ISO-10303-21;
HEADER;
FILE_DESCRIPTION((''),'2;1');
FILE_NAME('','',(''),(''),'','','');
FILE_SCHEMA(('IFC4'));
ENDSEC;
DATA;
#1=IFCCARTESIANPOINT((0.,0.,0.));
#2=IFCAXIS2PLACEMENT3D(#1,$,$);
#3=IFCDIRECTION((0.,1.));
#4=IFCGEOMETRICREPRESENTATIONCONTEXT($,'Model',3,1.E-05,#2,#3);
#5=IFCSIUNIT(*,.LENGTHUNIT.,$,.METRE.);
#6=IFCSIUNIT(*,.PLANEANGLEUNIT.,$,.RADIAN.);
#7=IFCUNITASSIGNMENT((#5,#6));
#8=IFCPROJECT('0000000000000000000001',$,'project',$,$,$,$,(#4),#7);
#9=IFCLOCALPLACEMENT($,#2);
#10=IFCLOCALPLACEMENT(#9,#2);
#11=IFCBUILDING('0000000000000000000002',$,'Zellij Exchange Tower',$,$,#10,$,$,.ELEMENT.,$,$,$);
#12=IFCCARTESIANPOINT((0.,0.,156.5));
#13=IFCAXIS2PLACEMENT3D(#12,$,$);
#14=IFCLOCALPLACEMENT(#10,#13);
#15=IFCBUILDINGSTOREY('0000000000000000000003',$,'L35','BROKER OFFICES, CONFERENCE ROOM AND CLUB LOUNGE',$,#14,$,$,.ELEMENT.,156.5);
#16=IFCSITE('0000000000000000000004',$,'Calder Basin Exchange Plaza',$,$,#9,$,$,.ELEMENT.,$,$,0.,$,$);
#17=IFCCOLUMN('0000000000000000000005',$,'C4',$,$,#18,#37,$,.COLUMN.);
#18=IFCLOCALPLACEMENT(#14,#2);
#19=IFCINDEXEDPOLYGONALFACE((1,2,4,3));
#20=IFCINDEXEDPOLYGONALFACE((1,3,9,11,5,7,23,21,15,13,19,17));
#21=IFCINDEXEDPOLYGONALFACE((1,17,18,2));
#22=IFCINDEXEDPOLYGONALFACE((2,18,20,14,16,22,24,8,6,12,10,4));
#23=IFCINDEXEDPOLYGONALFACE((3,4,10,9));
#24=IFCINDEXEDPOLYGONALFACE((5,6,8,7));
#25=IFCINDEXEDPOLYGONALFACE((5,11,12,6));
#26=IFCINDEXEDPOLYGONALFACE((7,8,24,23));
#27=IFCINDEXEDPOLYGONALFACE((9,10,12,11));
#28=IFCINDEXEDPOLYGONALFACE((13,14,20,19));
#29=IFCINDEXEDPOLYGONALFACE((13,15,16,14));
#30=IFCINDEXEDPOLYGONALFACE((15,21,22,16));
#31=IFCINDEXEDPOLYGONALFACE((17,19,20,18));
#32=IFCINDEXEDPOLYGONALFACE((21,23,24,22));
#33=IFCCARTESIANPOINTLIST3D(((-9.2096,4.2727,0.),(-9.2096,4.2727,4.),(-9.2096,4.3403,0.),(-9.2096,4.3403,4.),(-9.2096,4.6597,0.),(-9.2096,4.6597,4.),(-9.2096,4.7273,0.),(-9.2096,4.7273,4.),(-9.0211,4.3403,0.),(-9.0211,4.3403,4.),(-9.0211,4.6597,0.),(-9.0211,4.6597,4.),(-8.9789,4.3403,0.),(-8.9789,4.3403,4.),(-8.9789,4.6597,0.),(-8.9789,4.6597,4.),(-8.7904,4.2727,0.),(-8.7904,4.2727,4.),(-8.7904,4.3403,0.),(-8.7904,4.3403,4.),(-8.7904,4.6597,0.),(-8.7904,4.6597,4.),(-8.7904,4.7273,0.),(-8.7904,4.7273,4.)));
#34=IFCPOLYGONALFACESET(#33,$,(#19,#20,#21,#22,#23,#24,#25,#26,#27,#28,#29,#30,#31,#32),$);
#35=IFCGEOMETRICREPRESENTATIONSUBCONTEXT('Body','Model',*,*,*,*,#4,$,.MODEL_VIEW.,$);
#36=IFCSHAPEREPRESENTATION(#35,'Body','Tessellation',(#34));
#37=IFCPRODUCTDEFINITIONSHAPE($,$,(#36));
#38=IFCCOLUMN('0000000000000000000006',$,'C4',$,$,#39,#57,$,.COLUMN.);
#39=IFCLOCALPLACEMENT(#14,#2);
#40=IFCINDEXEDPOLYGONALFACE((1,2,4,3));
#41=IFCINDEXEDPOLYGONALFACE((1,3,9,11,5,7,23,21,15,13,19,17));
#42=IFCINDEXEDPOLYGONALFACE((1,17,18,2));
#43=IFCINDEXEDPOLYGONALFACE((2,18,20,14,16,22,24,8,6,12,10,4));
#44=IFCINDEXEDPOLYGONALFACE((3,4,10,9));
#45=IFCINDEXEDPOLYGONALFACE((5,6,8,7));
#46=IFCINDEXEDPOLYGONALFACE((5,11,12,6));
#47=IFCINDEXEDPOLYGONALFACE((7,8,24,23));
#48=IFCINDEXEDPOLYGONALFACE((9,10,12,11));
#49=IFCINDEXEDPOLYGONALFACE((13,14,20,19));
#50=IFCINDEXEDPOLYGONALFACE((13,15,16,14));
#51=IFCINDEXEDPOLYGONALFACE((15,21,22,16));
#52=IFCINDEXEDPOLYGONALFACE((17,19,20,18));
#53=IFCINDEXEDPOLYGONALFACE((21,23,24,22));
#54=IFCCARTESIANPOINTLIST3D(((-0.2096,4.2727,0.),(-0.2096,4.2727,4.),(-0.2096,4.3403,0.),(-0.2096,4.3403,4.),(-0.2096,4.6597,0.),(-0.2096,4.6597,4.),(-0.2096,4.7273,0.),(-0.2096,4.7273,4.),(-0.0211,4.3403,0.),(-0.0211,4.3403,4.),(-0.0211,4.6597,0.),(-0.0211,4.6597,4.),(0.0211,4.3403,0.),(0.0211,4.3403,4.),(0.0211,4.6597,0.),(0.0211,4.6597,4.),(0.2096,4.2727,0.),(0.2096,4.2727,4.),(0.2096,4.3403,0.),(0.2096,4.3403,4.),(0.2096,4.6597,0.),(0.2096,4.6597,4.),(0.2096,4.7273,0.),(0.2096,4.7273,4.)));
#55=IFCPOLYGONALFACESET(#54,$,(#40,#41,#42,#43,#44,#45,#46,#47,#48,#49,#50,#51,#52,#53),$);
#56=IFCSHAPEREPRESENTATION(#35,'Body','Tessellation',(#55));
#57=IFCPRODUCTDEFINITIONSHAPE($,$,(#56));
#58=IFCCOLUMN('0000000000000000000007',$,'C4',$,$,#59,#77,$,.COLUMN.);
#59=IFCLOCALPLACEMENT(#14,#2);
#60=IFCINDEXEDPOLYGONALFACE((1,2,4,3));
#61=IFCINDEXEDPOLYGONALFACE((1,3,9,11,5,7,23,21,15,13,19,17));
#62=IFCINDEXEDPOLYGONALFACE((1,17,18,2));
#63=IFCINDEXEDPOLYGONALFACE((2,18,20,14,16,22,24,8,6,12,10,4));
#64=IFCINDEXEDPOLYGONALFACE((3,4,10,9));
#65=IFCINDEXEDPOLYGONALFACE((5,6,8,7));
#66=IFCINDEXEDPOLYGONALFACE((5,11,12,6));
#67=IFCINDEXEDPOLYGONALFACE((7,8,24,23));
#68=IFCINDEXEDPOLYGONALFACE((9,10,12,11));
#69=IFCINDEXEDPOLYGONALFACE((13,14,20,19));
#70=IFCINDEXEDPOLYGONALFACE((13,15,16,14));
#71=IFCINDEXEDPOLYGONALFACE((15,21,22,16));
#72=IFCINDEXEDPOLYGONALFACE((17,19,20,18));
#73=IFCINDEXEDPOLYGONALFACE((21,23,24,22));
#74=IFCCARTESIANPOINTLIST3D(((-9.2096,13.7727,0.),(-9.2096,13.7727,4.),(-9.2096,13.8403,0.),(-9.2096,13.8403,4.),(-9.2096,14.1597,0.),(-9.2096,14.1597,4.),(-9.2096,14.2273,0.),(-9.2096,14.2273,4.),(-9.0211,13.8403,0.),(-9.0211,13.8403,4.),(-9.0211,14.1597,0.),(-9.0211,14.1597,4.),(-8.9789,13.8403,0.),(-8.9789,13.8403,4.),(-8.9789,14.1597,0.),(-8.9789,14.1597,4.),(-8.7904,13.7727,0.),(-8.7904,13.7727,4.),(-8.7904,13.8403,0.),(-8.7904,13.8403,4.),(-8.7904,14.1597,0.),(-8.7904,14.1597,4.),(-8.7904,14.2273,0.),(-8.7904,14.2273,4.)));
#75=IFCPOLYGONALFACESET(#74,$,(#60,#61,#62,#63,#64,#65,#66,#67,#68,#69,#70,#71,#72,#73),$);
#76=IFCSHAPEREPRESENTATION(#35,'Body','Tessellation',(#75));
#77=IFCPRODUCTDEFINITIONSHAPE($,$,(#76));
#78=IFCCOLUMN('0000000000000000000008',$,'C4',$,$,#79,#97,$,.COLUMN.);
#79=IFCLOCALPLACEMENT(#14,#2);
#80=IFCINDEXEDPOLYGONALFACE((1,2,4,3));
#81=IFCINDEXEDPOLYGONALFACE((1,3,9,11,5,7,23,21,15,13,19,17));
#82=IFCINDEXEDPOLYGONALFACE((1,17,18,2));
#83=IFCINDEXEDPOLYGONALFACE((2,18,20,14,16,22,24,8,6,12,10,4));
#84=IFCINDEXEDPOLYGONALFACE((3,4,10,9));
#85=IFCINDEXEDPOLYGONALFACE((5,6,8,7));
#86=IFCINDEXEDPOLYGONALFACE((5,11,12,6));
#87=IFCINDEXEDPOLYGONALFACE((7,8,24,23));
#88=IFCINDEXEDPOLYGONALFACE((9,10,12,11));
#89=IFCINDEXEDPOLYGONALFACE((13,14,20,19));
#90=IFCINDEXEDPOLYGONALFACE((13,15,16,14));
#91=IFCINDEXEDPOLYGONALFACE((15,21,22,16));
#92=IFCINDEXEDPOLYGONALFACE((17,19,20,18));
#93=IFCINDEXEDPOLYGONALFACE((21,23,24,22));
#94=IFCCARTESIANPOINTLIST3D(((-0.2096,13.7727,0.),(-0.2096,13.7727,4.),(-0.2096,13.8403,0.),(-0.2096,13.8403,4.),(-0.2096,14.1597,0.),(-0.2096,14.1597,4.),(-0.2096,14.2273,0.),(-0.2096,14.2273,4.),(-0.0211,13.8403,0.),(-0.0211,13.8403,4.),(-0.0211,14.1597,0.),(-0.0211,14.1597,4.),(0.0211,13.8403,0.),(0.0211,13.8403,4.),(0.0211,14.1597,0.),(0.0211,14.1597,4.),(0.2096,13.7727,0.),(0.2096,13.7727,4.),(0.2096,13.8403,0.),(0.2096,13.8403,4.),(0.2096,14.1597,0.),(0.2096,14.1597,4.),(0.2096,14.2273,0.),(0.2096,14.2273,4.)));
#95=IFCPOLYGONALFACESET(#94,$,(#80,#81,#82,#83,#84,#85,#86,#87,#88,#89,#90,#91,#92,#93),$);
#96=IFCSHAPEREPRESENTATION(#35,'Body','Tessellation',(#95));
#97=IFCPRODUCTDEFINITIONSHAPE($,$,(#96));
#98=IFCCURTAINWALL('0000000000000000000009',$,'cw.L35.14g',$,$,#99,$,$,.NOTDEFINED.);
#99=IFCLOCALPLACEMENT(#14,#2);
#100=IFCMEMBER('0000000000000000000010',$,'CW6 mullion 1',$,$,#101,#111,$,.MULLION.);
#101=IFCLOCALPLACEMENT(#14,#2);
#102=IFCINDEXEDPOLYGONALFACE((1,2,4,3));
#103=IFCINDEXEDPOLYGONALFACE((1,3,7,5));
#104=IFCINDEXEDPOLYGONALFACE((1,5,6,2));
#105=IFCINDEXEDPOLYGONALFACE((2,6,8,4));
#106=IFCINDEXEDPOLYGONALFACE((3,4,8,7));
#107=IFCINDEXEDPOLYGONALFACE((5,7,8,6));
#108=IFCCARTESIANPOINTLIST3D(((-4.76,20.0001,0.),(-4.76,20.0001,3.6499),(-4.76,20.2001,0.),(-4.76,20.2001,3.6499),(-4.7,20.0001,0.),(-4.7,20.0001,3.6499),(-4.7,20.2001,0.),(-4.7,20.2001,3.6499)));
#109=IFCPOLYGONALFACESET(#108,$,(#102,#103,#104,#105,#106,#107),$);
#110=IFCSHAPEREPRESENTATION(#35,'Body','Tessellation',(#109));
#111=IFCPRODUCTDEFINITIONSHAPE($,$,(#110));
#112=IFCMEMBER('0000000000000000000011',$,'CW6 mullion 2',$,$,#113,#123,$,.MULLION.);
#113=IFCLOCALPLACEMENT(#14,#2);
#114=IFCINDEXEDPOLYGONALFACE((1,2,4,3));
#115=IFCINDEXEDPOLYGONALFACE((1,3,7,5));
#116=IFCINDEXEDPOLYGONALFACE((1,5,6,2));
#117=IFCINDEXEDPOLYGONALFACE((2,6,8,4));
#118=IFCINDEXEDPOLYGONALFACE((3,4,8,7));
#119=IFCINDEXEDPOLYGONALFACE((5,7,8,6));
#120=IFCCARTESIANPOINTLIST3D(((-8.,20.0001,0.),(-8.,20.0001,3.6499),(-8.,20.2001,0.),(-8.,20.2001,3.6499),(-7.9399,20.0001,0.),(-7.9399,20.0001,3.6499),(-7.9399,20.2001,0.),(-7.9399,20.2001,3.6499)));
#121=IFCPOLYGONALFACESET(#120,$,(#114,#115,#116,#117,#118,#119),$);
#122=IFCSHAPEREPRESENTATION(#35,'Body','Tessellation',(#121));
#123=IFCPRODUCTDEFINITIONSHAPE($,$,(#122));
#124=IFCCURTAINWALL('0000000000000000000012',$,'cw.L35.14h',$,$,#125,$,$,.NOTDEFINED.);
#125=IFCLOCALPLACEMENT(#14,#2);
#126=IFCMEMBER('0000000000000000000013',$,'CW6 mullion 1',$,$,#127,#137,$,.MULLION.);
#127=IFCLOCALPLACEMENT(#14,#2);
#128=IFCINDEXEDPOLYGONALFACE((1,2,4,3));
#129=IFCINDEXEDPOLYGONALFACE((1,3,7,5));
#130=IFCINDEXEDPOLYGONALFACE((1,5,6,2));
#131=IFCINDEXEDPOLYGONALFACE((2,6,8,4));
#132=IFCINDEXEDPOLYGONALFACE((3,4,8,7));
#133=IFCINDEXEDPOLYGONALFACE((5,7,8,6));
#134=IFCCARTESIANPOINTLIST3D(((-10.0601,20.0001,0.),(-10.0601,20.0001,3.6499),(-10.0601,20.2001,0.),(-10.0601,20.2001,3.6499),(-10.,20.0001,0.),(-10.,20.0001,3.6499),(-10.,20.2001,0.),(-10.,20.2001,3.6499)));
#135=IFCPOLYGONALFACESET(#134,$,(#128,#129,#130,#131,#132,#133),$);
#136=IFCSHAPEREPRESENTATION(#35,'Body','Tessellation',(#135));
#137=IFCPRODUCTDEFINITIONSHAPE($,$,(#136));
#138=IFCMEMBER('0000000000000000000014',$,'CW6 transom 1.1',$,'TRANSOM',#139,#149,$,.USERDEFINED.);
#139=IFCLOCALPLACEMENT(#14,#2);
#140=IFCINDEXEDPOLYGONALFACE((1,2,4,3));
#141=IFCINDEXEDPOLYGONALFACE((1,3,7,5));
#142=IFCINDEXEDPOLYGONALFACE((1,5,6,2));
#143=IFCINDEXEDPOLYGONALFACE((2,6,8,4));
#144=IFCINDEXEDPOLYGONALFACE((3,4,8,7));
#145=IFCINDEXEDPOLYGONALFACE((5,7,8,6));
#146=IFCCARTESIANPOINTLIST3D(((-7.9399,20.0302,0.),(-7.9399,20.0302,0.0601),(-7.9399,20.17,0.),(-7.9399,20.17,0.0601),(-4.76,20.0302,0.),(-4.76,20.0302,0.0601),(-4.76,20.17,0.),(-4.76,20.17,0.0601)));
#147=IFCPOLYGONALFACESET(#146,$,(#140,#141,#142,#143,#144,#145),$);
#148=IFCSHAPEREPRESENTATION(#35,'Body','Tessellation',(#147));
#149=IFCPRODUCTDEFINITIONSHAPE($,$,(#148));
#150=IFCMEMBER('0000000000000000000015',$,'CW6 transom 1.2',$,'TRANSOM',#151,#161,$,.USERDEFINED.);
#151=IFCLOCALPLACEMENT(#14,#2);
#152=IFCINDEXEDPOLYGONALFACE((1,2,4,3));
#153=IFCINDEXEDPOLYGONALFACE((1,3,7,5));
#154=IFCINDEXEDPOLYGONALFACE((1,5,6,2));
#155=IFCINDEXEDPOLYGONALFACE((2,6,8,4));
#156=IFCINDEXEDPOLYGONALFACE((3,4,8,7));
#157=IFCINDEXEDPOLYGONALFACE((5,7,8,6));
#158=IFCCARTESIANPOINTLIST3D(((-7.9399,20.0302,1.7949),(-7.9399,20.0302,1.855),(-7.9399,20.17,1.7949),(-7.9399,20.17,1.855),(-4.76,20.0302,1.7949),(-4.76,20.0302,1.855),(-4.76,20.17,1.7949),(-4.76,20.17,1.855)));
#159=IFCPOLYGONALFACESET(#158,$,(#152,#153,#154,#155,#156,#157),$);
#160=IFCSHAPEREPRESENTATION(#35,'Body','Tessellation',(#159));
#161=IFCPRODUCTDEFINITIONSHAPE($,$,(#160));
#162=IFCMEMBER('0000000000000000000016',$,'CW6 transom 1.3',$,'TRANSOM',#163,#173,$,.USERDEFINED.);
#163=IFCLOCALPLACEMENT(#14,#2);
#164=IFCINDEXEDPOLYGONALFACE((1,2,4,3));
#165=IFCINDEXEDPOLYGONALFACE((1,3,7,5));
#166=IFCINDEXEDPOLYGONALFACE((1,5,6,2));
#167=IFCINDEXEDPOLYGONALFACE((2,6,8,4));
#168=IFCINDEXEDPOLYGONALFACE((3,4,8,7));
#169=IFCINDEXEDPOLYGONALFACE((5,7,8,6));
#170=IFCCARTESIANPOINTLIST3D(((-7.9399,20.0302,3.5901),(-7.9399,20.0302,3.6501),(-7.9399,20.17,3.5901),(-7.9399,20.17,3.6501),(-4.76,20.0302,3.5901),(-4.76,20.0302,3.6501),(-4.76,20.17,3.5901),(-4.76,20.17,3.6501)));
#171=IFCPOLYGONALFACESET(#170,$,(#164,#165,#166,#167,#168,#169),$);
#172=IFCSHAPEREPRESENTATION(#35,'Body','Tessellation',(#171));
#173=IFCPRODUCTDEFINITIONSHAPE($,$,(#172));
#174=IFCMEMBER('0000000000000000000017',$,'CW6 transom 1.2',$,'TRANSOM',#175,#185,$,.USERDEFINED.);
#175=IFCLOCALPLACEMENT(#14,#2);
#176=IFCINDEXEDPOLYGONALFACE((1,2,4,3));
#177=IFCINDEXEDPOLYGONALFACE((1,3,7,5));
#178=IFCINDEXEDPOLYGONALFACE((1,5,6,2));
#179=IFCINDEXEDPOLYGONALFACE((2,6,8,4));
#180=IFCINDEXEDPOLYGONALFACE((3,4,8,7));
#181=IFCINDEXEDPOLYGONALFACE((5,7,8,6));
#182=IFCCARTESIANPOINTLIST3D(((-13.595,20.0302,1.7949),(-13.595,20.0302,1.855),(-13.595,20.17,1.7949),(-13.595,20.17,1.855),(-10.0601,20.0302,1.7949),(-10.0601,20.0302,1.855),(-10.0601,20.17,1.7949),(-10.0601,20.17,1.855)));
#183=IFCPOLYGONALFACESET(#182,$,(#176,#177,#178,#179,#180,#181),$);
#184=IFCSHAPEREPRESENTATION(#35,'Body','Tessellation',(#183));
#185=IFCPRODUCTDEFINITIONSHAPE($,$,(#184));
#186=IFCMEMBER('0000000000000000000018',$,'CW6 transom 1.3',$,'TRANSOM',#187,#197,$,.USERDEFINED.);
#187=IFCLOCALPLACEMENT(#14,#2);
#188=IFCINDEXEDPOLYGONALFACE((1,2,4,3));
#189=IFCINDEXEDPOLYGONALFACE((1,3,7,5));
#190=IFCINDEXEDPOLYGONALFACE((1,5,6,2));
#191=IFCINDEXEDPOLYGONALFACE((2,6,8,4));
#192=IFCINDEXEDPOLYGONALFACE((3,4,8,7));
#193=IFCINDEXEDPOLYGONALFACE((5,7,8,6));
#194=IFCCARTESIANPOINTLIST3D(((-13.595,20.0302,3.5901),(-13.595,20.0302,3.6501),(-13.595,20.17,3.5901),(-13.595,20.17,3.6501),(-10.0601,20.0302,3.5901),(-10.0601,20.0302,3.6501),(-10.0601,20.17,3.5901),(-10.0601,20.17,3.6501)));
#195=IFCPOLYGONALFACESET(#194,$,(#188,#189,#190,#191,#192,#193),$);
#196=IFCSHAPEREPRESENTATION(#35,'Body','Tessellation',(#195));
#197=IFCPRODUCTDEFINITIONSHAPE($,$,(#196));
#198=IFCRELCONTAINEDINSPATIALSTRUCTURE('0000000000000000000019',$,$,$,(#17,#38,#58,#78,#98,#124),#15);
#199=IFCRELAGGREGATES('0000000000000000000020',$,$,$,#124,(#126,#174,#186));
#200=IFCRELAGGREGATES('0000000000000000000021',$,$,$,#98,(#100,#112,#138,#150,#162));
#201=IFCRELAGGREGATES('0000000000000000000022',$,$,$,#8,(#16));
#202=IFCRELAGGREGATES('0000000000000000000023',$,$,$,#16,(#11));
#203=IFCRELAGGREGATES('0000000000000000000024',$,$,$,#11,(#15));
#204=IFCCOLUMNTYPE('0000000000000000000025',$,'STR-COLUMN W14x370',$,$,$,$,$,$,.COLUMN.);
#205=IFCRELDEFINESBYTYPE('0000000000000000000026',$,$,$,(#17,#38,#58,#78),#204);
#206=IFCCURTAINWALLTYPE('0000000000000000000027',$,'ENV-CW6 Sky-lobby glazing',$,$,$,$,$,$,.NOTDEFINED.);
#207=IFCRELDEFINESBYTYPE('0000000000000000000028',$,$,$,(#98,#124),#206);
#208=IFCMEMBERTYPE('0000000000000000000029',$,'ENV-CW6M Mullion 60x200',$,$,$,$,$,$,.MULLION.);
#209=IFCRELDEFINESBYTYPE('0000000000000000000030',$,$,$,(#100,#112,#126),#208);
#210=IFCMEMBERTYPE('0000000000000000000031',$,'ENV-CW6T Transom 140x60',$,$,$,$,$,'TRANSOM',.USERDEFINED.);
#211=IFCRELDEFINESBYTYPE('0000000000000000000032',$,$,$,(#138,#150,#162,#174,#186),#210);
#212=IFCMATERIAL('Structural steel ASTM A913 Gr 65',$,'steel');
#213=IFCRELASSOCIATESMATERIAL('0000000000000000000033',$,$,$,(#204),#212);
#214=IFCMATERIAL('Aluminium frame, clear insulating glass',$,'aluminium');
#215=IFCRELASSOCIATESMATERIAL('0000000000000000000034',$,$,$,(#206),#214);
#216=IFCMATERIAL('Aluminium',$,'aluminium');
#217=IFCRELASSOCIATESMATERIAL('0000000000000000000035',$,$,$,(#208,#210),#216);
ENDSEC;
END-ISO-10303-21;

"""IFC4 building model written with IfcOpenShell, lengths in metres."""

from ifc_helpers import new_model, si_unit, direction, frame, origin, origin_2d, place, context, subcontext, project, spatial, rectangle, i_section, extrude, material, material_profile, profile_set, type_object, element, aggregate, save


model = new_model("IFC4")

# Units and contexts
model_context = context("Model", 3, precision=1e-05, world=origin(), true_north=direction((0.0, 1.0)))
body_context = subcontext(model_context, "Body", "Model", "MODEL_VIEW")
ifc_project = project(units=[si_unit("LENGTHUNIT", "METRE"), si_unit("PLANEANGLEUNIT", "RADIAN")], contexts=[model_context])

# Site, building, storey
site_placement = place(None, origin())
site = spatial("IfcSite", under=ifc_project, at=site_placement, Name="Calder Basin Exchange Plaza", CompositionType="ELEMENT", RefElevation=0.0)
building_placement = place(site_placement, origin())
building = spatial("IfcBuilding", under=site, at=building_placement, Name="Zellij Exchange Tower", CompositionType="ELEMENT")
storey_placement = place(building_placement, frame((0.0, 0.0, 156.5)))
storey = spatial("IfcBuildingStorey", under=building, at=storey_placement, Name="L35", Description="BROKER OFFICES, CONFERENCE ROOM AND CLUB LOUNGE", CompositionType="ELEMENT", Elevation=156.5)

# Columns
ifc_material_1 = material(Name="Structural steel ASTM A913 Gr 65", Category="steel")
ifc_material_profile_1 = material_profile(ifc_material_1, i_section(OverallWidth=0.4192, OverallDepth=0.4546, WebThickness=0.0422, FlangeThickness=0.0676, at=origin_2d()), Name="W14x370")
ifc_profile_set_1 = profile_set([ifc_material_profile_1], Name="Structural steel ASTM A913 Gr 65")
column_type_1 = type_object("IfcColumnType", Name="STR-COLUMN W14x370", PredefinedType="COLUMN", material=ifc_profile_set_1)
for number, where, z_axis, x_axis, name in (
    (1, (-9.0, 4.5, 0.0), (0.0, 0.0, 1.0), (1.0, 0.0, 0.0), "C4"),
    (2, (0.0, 4.5, 0.0), (0.0, 0.0, 1.0), (1.0, 0.0, 0.0), "C4"),
    (3, (-9.0, 14.0, 0.0), (0.0, 0.0, 1.0), (1.0, 0.0, 0.0), "C4"),
    (4, (0.0, 14.0, 0.0), (0.0, 0.0, 1.0), (1.0, 0.0, 0.0), "C4"),
):
    element("IfcColumn", number, at=place(storey_placement, frame(where, z_axis=z_axis, x_axis=x_axis)), inside=storey, type_object=column_type_1, Name=name, PredefinedType="COLUMN", context=body_context, shape_type="SweptSolid", body=[
        extrude(i_section(OverallWidth=0.4192, OverallDepth=0.4546, WebThickness=0.0422, FlangeThickness=0.0676, at=origin_2d()), origin(), (0.0, 0.0, 1.0), 4.0),
    ])

# Curtain wall, members
ifc_material_2 = material(Name="Aluminium frame, clear insulating glass", Category="aluminium")
curtain_wall_type = type_object("IfcCurtainWallType", Name="ENV-CW6 Sky-lobby glazing", PredefinedType="NOTDEFINED", material=ifc_material_2)
curtain_wall_1_placement = place(storey_placement, origin())
curtain_wall_1 = element("IfcCurtainWall", 5, at=curtain_wall_1_placement, inside=storey, type_object=curtain_wall_type, Name="cw.L35.14g", PredefinedType="NOTDEFINED")
ifc_material_3 = material(Name="Aluminium", Category="aluminium")
ifc_material_profile_2 = material_profile(ifc_material_3, rectangle(XDim=0.0601, YDim=0.2, at=origin_2d()), Name="AL 60x200")
ifc_profile_set_2 = profile_set([ifc_material_profile_2], Name="Aluminium")
member_type_1 = type_object("IfcMemberType", Name="ENV-CW6M Mullion 60x200", PredefinedType="MULLION", material=ifc_profile_set_2)
member_1_placement = place(storey_placement, frame((-4.73, 20.1001, 0.0), z_axis=(0.0, 0.0, 1.0), x_axis=(-1.0, 0.0, 0.0)))
member_1 = element("IfcMember", 6, at=member_1_placement, type_object=member_type_1, Name="CW6 mullion 1", PredefinedType="MULLION", context=body_context, shape_type="SweptSolid", body=[
    extrude(rectangle(XDim=0.0601, YDim=0.2, at=origin_2d()), origin(), (0.0, 0.0, 1.0), 3.6499),
])
member_2_placement = place(storey_placement, frame((-7.97, 20.1001, 0.0), z_axis=(0.0, 0.0, 1.0), x_axis=(-1.0, 0.0, 0.0)))
member_2 = element("IfcMember", 7, at=member_2_placement, type_object=member_type_1, Name="CW6 mullion 2", PredefinedType="MULLION", context=body_context, shape_type="SweptSolid", body=[
    extrude(rectangle(XDim=0.0601, YDim=0.2, at=origin_2d()), origin(), (0.0, 0.0, 1.0), 3.6499),
])

# Curtain wall, member
curtain_wall_2_placement = place(storey_placement, origin())
curtain_wall_2 = element("IfcCurtainWall", 8, at=curtain_wall_2_placement, inside=storey, type_object=curtain_wall_type, Name="cw.L35.14h", PredefinedType="NOTDEFINED")
member_3_placement = place(storey_placement, frame((-10.03, 20.1001, 0.0), z_axis=(0.0, 0.0, 1.0), x_axis=(-1.0, 0.0, 0.0)))
member_3 = element("IfcMember", 9, at=member_3_placement, type_object=member_type_1, Name="CW6 mullion 1", PredefinedType="MULLION", context=body_context, shape_type="SweptSolid", body=[
    extrude(rectangle(XDim=0.0601, YDim=0.2, at=origin_2d()), origin(), (0.0, 0.0, 1.0), 3.6499),
])

# Members
ifc_material_profile_3 = material_profile(ifc_material_3, rectangle(XDim=0.1399, YDim=0.0601, at=origin_2d()), Name="AL 140x60")
ifc_profile_set_3 = profile_set([ifc_material_profile_3], Name="Aluminium")
member_type_2 = type_object("IfcMemberType", Name="ENV-CW6T Transom 140x60", ElementType="TRANSOM", PredefinedType="USERDEFINED", material=ifc_profile_set_3)
member_4_placement = place(storey_placement, frame((-4.76, 20.1001, 0.03), z_axis=(-1.0, 0.0, 0.0), x_axis=(0.0, -1.0, 0.0)))
member_4 = element("IfcMember", 10, at=member_4_placement, type_object=member_type_2, Name="CW6 transom 1.1", ObjectType="TRANSOM", PredefinedType="USERDEFINED", context=body_context, shape_type="SweptSolid", body=[
    extrude(rectangle(XDim=0.1399, YDim=0.0601, at=origin_2d()), origin(), (0.0, 0.0, 1.0), 3.1799),
])
member_5_placement = place(storey_placement, frame((-4.76, 20.1001, 1.825), z_axis=(-1.0, 0.0, 0.0), x_axis=(0.0, -1.0, 0.0)))
member_5 = element("IfcMember", 11, at=member_5_placement, type_object=member_type_2, Name="CW6 transom 1.2", ObjectType="TRANSOM", PredefinedType="USERDEFINED", context=body_context, shape_type="SweptSolid", body=[
    extrude(rectangle(XDim=0.1399, YDim=0.0601, at=origin_2d()), origin(), (0.0, 0.0, 1.0), 3.1799),
])
member_6_placement = place(storey_placement, frame((-4.76, 20.1001, 3.6201), z_axis=(-1.0, 0.0, 0.0), x_axis=(0.0, -1.0, 0.0)))
member_6 = element("IfcMember", 12, at=member_6_placement, type_object=member_type_2, Name="CW6 transom 1.3", ObjectType="TRANSOM", PredefinedType="USERDEFINED", context=body_context, shape_type="SweptSolid", body=[
    extrude(rectangle(XDim=0.1399, YDim=0.0601, at=origin_2d()), origin(), (0.0, 0.0, 1.0), 3.1799),
])
member_7_placement = place(storey_placement, frame((-10.0601, 20.1001, 1.825), z_axis=(-1.0, 0.0, 0.0), x_axis=(0.0, -1.0, 0.0)))
member_7 = element("IfcMember", 13, at=member_7_placement, type_object=member_type_2, Name="CW6 transom 1.2", ObjectType="TRANSOM", PredefinedType="USERDEFINED", context=body_context, shape_type="SweptSolid", body=[
    extrude(rectangle(XDim=0.1399, YDim=0.0601, at=origin_2d()), origin(), (0.0, 0.0, 1.0), 3.5349),
])
member_8_placement = place(storey_placement, frame((-10.0601, 20.1001, 3.6201), z_axis=(-1.0, 0.0, 0.0), x_axis=(0.0, -1.0, 0.0)))
member_8 = element("IfcMember", 14, at=member_8_placement, type_object=member_type_2, Name="CW6 transom 1.3", ObjectType="TRANSOM", PredefinedType="USERDEFINED", context=body_context, shape_type="SweptSolid", body=[
    extrude(rectangle(XDim=0.1399, YDim=0.0601, at=origin_2d()), origin(), (0.0, 0.0, 1.0), 3.5349),
])
aggregate(curtain_wall_2, [member_3, member_7, member_8])

aggregate(curtain_wall_1, [member_1, member_2, member_4, member_5, member_6])

save(model, "model.ifc")
